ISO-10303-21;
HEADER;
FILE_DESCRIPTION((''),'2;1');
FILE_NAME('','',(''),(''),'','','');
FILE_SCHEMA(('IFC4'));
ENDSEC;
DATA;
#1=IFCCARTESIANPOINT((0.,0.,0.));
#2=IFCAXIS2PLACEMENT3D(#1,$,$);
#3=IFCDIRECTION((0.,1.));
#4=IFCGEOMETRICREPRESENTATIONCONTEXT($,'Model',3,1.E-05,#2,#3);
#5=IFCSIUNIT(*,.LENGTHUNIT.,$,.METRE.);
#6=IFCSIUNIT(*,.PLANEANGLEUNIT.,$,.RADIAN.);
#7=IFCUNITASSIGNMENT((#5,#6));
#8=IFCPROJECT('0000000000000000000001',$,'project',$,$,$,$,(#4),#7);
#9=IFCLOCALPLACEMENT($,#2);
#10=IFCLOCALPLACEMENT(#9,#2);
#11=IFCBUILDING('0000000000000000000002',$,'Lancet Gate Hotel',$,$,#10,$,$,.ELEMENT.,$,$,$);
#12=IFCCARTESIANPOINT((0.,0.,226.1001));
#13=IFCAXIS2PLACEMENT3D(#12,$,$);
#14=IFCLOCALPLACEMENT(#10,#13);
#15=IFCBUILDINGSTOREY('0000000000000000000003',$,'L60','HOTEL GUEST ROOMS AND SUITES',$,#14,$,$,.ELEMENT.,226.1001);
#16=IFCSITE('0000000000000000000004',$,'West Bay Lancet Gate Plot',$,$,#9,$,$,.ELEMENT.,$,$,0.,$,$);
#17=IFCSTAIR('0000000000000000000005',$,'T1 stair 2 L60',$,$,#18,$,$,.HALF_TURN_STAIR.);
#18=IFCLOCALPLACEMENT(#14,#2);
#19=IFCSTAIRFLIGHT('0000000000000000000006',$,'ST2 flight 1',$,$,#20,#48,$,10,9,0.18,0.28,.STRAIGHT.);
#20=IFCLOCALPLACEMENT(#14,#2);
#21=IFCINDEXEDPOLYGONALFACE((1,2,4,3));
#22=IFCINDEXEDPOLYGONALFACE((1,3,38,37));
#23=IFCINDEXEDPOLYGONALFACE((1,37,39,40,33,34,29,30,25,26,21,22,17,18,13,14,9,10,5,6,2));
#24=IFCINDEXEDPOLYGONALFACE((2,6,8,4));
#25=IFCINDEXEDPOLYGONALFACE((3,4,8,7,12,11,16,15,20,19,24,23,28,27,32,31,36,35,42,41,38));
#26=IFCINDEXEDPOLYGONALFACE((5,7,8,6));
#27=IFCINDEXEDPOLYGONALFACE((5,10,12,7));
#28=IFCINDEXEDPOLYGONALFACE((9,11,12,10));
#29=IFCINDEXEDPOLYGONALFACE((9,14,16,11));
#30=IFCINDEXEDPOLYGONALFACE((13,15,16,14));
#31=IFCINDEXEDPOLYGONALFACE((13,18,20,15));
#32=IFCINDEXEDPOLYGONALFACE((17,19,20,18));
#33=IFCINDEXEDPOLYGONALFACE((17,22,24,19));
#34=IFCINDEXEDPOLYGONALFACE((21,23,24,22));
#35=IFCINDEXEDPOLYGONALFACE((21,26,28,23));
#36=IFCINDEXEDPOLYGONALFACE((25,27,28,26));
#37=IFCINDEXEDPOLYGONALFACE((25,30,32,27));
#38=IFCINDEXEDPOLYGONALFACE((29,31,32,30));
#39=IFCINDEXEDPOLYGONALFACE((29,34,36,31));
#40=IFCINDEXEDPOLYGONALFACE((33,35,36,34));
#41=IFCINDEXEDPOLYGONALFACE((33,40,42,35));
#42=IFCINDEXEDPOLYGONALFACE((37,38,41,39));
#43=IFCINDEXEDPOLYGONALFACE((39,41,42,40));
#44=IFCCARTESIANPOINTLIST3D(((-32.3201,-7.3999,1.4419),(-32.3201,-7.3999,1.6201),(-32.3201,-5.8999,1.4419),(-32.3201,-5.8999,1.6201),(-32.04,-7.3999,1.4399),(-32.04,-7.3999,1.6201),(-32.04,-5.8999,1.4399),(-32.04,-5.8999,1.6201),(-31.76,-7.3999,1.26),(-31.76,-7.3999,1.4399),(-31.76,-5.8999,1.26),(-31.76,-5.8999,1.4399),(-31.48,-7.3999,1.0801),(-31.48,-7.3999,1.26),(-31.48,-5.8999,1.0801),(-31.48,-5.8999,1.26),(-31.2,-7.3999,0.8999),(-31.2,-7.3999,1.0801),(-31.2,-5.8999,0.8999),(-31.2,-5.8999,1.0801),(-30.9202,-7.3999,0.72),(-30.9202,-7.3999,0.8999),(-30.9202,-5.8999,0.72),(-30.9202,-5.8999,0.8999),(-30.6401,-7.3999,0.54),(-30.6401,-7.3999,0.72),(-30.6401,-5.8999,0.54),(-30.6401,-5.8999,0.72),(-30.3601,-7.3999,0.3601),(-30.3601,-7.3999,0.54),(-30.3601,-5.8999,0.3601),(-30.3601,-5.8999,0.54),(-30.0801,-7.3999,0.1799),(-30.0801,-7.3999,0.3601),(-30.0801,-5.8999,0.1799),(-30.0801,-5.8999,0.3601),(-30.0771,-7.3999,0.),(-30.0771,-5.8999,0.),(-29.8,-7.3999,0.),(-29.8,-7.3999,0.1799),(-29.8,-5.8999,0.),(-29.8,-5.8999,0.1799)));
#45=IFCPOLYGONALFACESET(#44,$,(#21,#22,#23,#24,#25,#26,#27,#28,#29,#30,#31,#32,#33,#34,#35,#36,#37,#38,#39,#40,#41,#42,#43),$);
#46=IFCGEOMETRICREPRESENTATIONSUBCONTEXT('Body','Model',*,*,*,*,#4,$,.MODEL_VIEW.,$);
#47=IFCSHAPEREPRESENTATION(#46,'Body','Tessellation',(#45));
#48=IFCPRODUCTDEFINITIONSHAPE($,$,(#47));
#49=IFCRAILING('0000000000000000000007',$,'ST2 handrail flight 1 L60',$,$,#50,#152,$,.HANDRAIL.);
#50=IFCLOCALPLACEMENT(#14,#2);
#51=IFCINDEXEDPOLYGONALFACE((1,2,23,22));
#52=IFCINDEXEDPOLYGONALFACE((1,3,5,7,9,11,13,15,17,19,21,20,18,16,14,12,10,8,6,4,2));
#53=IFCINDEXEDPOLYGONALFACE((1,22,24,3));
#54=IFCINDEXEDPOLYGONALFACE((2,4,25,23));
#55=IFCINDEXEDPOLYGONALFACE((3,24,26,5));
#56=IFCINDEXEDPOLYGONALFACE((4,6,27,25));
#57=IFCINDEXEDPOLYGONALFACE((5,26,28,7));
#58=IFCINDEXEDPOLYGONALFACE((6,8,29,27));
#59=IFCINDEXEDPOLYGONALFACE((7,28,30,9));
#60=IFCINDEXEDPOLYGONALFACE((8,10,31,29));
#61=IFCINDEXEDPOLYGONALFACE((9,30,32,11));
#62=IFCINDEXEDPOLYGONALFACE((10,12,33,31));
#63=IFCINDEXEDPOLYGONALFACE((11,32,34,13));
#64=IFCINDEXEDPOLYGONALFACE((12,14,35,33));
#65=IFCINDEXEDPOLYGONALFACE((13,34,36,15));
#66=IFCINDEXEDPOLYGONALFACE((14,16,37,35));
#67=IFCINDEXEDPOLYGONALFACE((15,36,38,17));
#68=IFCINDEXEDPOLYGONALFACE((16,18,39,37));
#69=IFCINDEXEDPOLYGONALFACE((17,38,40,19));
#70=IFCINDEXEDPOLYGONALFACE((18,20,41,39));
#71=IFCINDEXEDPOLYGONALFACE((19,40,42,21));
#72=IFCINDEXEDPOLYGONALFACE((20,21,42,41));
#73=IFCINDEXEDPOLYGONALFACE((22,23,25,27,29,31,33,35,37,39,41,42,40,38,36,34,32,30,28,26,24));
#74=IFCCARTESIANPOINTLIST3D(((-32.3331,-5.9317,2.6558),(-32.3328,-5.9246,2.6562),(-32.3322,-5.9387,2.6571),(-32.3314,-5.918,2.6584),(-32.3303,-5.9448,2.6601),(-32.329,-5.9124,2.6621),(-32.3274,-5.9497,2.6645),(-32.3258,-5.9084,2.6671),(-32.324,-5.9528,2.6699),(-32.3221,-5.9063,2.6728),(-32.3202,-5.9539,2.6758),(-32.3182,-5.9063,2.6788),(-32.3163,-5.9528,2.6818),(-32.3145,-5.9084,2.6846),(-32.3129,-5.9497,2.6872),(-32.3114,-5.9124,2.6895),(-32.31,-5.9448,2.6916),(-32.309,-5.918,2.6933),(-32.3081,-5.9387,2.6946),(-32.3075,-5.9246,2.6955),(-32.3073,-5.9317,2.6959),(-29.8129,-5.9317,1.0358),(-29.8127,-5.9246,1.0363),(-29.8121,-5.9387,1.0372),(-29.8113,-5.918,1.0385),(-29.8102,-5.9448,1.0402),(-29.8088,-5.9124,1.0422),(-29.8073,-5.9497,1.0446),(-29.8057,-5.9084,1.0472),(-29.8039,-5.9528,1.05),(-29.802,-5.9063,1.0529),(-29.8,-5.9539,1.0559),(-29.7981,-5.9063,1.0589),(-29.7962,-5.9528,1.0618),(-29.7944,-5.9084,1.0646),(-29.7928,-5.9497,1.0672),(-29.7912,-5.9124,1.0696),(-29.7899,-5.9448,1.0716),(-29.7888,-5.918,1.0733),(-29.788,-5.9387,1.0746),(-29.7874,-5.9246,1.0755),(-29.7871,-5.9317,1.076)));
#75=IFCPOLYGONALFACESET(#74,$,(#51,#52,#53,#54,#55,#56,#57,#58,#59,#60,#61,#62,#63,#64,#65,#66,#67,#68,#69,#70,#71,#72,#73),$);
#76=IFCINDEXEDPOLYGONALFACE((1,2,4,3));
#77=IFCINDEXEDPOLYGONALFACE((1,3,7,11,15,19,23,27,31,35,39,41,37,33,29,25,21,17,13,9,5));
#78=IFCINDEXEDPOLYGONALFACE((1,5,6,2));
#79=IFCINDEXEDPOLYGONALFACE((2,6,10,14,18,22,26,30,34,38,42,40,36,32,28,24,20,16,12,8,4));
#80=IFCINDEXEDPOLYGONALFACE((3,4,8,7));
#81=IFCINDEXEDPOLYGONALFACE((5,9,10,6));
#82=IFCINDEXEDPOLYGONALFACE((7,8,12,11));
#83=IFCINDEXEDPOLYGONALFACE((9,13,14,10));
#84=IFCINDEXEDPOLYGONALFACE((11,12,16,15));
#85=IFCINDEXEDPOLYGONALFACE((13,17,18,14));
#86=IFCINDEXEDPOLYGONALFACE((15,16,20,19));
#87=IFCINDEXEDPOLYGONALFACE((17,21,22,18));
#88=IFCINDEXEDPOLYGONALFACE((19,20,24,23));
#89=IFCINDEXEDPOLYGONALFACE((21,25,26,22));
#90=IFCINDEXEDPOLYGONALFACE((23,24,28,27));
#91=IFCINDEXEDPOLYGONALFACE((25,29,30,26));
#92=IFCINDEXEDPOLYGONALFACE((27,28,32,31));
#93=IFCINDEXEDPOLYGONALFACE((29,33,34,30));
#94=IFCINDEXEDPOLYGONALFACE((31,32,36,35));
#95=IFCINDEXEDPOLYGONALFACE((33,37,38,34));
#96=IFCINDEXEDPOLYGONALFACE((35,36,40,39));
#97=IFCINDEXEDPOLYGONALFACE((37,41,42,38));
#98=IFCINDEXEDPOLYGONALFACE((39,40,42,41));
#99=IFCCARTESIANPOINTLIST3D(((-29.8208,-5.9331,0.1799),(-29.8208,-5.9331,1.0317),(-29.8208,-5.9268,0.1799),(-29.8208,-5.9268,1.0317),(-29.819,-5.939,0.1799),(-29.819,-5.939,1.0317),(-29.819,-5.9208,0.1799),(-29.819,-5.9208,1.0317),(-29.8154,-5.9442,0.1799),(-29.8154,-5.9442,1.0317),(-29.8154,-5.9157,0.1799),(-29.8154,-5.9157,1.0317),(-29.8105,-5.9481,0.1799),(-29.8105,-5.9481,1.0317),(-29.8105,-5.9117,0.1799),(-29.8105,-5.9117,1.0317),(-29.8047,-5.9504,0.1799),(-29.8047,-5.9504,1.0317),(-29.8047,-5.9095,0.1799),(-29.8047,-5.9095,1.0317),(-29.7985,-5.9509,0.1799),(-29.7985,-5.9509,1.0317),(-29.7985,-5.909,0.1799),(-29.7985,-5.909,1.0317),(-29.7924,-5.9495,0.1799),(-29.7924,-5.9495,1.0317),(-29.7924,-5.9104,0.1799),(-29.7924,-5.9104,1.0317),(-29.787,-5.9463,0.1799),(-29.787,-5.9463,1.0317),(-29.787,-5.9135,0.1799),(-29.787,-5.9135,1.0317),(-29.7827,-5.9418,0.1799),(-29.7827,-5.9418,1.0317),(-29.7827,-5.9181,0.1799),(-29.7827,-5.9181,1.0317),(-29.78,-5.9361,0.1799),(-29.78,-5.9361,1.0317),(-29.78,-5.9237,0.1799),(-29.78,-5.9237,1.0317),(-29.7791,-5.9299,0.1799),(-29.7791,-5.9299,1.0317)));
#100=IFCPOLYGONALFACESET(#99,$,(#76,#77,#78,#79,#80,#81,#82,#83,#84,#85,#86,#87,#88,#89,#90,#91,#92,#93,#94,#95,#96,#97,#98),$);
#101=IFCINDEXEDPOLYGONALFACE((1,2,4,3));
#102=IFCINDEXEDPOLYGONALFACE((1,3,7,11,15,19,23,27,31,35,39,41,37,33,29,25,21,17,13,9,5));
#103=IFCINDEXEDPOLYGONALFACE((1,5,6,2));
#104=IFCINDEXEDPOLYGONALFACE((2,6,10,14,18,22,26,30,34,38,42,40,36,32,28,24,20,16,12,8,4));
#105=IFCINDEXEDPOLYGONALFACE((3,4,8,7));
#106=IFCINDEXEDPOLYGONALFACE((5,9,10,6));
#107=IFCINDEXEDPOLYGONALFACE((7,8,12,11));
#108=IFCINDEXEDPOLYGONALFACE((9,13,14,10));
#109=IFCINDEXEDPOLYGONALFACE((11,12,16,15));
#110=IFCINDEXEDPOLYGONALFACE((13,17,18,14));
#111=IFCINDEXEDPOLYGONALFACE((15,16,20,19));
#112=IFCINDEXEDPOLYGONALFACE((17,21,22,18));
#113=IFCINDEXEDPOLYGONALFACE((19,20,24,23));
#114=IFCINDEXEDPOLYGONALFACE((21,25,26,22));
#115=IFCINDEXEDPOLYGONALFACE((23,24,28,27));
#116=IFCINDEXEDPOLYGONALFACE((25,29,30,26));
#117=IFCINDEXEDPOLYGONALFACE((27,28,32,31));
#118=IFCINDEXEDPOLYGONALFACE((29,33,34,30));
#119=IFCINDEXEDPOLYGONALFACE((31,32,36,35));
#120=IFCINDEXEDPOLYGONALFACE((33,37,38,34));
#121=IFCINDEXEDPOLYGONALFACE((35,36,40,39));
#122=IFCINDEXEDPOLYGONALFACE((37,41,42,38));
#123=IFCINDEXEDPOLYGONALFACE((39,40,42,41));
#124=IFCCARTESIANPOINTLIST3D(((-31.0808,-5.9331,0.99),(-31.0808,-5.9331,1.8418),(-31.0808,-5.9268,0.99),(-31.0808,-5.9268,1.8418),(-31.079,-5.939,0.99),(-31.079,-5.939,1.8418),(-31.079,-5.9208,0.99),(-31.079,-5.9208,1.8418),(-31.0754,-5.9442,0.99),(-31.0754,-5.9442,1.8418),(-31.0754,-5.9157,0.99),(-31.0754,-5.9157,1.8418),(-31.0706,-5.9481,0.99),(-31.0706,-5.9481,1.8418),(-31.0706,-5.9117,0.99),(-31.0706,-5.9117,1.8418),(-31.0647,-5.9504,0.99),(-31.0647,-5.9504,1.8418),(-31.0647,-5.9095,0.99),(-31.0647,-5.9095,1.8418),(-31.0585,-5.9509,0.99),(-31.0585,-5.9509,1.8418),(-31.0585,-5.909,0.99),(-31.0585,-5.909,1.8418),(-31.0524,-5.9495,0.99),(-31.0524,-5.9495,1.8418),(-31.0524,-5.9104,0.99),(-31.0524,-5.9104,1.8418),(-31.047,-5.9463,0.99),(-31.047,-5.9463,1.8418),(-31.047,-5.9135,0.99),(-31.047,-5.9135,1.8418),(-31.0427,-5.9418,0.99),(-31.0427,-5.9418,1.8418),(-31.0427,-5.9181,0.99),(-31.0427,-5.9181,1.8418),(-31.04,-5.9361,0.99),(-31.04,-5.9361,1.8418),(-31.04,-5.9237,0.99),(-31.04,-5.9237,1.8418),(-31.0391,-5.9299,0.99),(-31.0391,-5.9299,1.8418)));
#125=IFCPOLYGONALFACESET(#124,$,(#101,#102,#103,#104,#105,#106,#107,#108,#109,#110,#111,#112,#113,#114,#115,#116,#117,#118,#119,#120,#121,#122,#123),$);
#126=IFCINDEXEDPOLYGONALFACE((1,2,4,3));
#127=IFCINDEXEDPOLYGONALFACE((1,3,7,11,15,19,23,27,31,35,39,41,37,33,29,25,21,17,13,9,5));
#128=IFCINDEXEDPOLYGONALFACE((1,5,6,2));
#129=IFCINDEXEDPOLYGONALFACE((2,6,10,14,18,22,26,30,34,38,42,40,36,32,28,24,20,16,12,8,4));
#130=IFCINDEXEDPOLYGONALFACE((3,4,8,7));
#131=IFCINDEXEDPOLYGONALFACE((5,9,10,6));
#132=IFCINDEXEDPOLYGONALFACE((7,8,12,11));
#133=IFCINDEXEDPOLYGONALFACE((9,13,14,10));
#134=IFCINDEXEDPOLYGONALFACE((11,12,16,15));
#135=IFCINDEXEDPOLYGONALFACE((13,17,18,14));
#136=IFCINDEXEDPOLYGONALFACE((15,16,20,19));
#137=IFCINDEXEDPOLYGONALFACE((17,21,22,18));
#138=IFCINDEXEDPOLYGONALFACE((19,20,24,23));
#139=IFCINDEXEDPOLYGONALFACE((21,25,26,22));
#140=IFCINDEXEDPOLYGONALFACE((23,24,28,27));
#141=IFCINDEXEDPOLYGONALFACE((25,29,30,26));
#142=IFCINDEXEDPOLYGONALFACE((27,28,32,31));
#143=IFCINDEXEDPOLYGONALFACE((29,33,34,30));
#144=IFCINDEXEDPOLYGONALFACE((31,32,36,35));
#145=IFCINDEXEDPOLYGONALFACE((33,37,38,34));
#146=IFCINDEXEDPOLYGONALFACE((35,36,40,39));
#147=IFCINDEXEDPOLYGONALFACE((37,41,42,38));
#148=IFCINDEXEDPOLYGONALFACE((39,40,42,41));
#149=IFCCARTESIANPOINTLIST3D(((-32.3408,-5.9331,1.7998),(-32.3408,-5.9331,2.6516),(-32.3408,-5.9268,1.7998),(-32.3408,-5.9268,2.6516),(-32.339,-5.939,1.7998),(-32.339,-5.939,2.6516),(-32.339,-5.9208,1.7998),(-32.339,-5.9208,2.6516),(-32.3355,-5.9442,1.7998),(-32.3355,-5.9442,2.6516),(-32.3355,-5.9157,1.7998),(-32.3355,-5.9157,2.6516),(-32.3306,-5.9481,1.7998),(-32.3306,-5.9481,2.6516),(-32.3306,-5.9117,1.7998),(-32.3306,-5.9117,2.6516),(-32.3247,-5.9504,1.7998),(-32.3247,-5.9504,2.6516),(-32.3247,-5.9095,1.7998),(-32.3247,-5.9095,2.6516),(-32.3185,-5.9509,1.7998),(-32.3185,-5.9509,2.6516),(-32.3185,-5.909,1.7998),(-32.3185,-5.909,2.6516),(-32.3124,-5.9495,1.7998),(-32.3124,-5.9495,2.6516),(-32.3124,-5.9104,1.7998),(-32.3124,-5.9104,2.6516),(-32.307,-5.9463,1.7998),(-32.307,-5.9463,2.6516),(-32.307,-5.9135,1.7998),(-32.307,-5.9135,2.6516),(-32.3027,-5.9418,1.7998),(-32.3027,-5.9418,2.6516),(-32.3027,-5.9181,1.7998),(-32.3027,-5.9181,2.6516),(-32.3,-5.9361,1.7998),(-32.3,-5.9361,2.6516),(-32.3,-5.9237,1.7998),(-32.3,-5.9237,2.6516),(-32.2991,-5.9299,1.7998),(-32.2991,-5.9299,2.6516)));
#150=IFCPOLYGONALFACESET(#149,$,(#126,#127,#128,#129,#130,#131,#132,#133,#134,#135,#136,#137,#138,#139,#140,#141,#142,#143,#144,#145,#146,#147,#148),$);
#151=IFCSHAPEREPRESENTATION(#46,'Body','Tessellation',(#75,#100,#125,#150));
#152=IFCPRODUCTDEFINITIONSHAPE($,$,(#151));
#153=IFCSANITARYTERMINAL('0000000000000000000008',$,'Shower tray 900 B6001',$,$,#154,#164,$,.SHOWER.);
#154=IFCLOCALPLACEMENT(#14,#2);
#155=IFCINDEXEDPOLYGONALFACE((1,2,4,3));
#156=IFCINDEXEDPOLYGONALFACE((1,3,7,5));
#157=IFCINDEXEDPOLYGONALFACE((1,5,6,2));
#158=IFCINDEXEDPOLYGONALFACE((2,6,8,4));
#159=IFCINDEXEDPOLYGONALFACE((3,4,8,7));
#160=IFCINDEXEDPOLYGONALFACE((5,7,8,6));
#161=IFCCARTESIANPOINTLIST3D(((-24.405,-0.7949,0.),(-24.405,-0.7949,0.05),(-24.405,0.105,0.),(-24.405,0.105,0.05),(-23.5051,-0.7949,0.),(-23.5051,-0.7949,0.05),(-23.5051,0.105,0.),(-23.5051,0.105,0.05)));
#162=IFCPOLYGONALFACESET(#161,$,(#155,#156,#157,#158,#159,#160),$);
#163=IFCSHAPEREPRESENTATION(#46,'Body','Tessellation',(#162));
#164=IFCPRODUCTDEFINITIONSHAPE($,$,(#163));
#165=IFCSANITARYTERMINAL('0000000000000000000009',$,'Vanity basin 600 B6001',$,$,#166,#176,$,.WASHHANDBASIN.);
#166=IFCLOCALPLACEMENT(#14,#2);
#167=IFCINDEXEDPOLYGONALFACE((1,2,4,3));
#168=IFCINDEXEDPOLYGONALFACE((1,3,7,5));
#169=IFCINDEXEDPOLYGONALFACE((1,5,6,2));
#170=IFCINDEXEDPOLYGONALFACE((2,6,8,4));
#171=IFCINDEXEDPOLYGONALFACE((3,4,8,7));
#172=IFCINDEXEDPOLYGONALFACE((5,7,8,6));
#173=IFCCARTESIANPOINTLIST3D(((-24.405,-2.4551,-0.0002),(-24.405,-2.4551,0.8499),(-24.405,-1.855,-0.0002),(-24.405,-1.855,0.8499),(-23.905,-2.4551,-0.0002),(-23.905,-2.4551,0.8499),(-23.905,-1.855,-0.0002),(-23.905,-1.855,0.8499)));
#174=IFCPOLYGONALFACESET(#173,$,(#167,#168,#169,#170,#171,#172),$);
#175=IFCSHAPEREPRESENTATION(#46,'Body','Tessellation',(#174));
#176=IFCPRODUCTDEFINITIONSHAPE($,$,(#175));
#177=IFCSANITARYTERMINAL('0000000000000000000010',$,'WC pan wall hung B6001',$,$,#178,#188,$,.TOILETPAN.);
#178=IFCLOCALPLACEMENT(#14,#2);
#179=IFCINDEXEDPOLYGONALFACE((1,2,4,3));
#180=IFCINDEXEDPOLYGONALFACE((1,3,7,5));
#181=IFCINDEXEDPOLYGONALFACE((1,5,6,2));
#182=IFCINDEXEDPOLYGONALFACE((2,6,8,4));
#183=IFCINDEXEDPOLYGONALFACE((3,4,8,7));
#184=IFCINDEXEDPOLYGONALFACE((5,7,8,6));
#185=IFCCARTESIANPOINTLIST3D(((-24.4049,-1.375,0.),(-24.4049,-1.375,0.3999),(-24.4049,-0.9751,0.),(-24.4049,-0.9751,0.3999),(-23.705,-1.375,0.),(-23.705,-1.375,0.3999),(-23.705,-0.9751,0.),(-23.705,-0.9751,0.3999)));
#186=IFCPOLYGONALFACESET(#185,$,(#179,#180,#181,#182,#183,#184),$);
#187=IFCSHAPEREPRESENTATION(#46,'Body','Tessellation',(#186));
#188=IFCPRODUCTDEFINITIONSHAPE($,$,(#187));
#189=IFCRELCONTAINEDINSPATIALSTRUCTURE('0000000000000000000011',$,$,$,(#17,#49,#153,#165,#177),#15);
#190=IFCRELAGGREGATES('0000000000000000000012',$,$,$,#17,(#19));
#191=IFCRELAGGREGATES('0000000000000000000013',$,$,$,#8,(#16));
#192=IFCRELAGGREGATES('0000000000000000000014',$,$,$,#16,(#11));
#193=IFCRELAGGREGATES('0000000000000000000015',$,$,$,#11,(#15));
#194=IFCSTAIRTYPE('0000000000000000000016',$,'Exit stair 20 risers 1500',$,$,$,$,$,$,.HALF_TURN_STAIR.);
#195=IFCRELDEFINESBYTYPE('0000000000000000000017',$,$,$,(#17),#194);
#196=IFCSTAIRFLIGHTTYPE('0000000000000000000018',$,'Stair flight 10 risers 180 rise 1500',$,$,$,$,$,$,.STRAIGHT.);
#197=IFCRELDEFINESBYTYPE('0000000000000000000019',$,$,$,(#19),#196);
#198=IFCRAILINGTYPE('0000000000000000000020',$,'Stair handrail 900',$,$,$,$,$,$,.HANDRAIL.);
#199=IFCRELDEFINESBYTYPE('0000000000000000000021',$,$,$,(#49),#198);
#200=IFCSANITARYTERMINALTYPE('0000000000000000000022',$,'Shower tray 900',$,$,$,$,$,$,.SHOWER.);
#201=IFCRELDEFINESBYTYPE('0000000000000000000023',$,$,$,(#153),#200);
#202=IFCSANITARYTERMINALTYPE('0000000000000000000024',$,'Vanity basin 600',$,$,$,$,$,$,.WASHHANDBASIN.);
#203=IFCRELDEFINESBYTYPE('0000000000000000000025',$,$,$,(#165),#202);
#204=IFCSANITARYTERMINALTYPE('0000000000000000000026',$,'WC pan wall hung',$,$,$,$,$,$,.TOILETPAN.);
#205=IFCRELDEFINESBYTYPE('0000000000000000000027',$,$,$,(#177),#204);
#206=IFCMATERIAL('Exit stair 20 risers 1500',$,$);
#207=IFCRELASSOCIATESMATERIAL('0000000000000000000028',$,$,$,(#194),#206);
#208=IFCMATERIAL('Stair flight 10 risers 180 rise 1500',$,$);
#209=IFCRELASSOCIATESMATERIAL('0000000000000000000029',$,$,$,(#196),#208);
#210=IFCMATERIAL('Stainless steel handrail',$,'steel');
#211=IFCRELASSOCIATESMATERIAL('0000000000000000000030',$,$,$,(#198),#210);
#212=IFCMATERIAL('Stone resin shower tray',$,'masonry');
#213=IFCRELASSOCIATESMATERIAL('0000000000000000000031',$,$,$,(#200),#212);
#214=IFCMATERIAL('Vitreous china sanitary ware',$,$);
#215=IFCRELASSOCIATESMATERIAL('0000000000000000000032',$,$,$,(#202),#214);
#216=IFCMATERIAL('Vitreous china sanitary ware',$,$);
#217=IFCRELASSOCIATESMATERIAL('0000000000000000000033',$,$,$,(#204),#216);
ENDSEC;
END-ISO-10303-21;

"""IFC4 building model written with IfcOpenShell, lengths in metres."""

from ifc_helpers import new_model, si_unit, direction, frame, origin, origin_2d, place, context, subcontext, project, spatial, polyline, rectangle, circle, outline, extrude, material, type_object, element, aggregate, save


model = new_model("IFC4")

# Units and contexts
model_context = context("Model", 3, precision=1e-05, world=origin(), true_north=direction((0.0, 1.0)))
body_context = subcontext(model_context, "Body", "Model", "MODEL_VIEW")
ifc_project = project(units=[si_unit("LENGTHUNIT", "METRE"), si_unit("PLANEANGLEUNIT", "RADIAN")], contexts=[model_context])

# Site, building, storey
site_placement = place(None, origin())
site = spatial("IfcSite", under=ifc_project, at=site_placement, Name="West Bay Lancet Gate Plot", CompositionType="ELEMENT", RefElevation=0.0)
building_placement = place(site_placement, origin())
building = spatial("IfcBuilding", under=site, at=building_placement, Name="Lancet Gate Hotel", CompositionType="ELEMENT")
storey_placement = place(building_placement, frame((0.0, 0.0, 226.1001)))
storey = spatial("IfcBuildingStorey", under=building, at=storey_placement, Name="L60", Description="HOTEL GUEST ROOMS AND SUITES", CompositionType="ELEMENT", Elevation=226.1001)

# Stair, stair flight
ifc_material_1 = material(Name="Exit stair 20 risers 1500")
stair_type = type_object("IfcStairType", Name="Exit stair 20 risers 1500", PredefinedType="HALF_TURN_STAIR", material=ifc_material_1)
stair_placement = place(storey_placement, origin())
stair = element("IfcStair", 1, at=stair_placement, inside=storey, type_object=stair_type, Name="T1 stair 2 L60", PredefinedType="HALF_TURN_STAIR")
ifc_material_2 = material(Name="Stair flight 10 risers 180 rise 1500")
stair_flight_type = type_object("IfcStairFlightType", Name="Stair flight 10 risers 180 rise 1500", PredefinedType="STRAIGHT", material=ifc_material_2)
stair_flight_placement = place(storey_placement, frame((-29.8, -6.6499, 0.0), z_axis=(0.0, 0.0, 1.0), x_axis=(-1.0, 0.0, 0.0)))
stair_flight = element("IfcStairFlight", 2, at=stair_flight_placement, type_object=stair_flight_type, Name="ST2 flight 1", NumberOfRisers=10, NumberOfTreads=9, PredefinedType="STRAIGHT", RiserHeight=0.18, TreadLength=0.28, context=body_context, shape_type="SweptSolid", body=[
    extrude(outline(polyline([(0.0, 0.0), (0.0, 0.1799), (0.28, 0.1799), (0.28, 0.3601), (0.5601, 0.3601), (0.5601, 0.54), (0.8401, 0.54), (0.8401, 0.72), (1.1201, 0.72), (1.1201, 0.8999), (1.3999, 0.8999), (1.3999, 1.0801), (1.6799, 1.0801), (1.6799, 1.26), (1.96, 1.26), (1.96, 1.4399), (2.24, 1.4399), (2.24, 1.6201), (2.52, 1.6201), (2.52, 1.8), (2.52, 1.4419), (0.2771, 0.0), (0.0, 0.0)])), frame((0.0, 0.75, 0.0), z_axis=(0.0, -1.0, 0.0), x_axis=(1.0, 0.0, 0.0)), (0.0, 0.0, 1.0), 1.5),
])
aggregate(stair, [stair_flight])

# Railing
ifc_material_3 = material(Name="Stainless steel handrail", Category="steel")
railing_type = type_object("IfcRailingType", Name="Stair handrail 900", PredefinedType="HANDRAIL", material=ifc_material_3)
railing_placement = place(storey_placement, frame((-29.8, -5.9299, 0.1799)))
element("IfcRailing", 3, at=railing_placement, inside=storey, type_object=railing_type, Name="ST2 handrail flight 1 L60", PredefinedType="HANDRAIL", context=body_context, shape_type="SweptSolid", body=[
    extrude(circle(Radius=0.0239, at=origin_2d()), frame((0.0, 0.0, 0.876), z_axis=(-0.8412, 0.0, 0.540725), x_axis=(0.0, -1.0, 0.0)), (0.0, 0.0, 1.0), 2.9958),
    extrude(circle(Radius=0.021, at=origin_2d()), origin(), (0.0, 0.0, 1.0), 0.8518),
    extrude(circle(Radius=0.021, at=origin_2d()), frame((-1.26, 0.0, 0.8101)), (0.0, 0.0, 1.0), 0.8518),
    extrude(circle(Radius=0.021, at=origin_2d()), frame((-2.52, 0.0, 1.6199)), (0.0, 0.0, 1.0), 0.8518),
])

# Sanitary terminals
ifc_material_4 = material(Name="Stone resin shower tray", Category="masonry")
sanitary_terminal_type_1 = type_object("IfcSanitaryTerminalType", Name="Shower tray 900", PredefinedType="SHOWER", material=ifc_material_4)
sanitary_terminal_1_placement = place(storey_placement, frame((-23.9551, -0.345, 0.0), z_axis=(0.0, 0.0, 1.0), x_axis=(0.0, 1.0, 0.0)))
element("IfcSanitaryTerminal", 4, at=sanitary_terminal_1_placement, inside=storey, type_object=sanitary_terminal_type_1, Name="Shower tray 900 B6001", PredefinedType="SHOWER", context=body_context, shape_type="SweptSolid", body=[
    extrude(rectangle(XDim=0.8999, YDim=0.8999, at=origin_2d()), origin(), (0.0, 0.0, 1.0), 0.05),
])
ifc_material_5 = material(Name="Vitreous china sanitary ware")
sanitary_terminal_type_2 = type_object("IfcSanitaryTerminalType", Name="Vanity basin 600", PredefinedType="WASHHANDBASIN", material=ifc_material_5)
sanitary_terminal_2_placement = place(storey_placement, frame((-24.155, -2.155, -0.0002), z_axis=(0.0, 0.0, 1.0), x_axis=(0.0, 1.0, 0.0)))
element("IfcSanitaryTerminal", 5, at=sanitary_terminal_2_placement, inside=storey, type_object=sanitary_terminal_type_2, Name="Vanity basin 600 B6001", PredefinedType="WASHHANDBASIN", context=body_context, shape_type="SweptSolid", body=[
    extrude(rectangle(XDim=0.6001, YDim=0.5, at=origin_2d()), origin(), (0.0, 0.0, 1.0), 0.8501),
])
ifc_material_6 = material(Name="Vitreous china sanitary ware")
sanitary_terminal_type_3 = type_object("IfcSanitaryTerminalType", Name="WC pan wall hung", PredefinedType="TOILETPAN", material=ifc_material_6)
sanitary_terminal_3_placement = place(storey_placement, frame((-24.0549, -1.175, 0.0), z_axis=(0.0, 0.0, 1.0), x_axis=(0.0, 1.0, 0.0)))
element("IfcSanitaryTerminal", 6, at=sanitary_terminal_3_placement, inside=storey, type_object=sanitary_terminal_type_3, Name="WC pan wall hung B6001", PredefinedType="TOILETPAN", context=body_context, shape_type="SweptSolid", body=[
    extrude(rectangle(XDim=0.3999, YDim=0.7, at=origin_2d()), origin(), (0.0, 0.0, 1.0), 0.3999),
])

save(model, "model.ifc")
